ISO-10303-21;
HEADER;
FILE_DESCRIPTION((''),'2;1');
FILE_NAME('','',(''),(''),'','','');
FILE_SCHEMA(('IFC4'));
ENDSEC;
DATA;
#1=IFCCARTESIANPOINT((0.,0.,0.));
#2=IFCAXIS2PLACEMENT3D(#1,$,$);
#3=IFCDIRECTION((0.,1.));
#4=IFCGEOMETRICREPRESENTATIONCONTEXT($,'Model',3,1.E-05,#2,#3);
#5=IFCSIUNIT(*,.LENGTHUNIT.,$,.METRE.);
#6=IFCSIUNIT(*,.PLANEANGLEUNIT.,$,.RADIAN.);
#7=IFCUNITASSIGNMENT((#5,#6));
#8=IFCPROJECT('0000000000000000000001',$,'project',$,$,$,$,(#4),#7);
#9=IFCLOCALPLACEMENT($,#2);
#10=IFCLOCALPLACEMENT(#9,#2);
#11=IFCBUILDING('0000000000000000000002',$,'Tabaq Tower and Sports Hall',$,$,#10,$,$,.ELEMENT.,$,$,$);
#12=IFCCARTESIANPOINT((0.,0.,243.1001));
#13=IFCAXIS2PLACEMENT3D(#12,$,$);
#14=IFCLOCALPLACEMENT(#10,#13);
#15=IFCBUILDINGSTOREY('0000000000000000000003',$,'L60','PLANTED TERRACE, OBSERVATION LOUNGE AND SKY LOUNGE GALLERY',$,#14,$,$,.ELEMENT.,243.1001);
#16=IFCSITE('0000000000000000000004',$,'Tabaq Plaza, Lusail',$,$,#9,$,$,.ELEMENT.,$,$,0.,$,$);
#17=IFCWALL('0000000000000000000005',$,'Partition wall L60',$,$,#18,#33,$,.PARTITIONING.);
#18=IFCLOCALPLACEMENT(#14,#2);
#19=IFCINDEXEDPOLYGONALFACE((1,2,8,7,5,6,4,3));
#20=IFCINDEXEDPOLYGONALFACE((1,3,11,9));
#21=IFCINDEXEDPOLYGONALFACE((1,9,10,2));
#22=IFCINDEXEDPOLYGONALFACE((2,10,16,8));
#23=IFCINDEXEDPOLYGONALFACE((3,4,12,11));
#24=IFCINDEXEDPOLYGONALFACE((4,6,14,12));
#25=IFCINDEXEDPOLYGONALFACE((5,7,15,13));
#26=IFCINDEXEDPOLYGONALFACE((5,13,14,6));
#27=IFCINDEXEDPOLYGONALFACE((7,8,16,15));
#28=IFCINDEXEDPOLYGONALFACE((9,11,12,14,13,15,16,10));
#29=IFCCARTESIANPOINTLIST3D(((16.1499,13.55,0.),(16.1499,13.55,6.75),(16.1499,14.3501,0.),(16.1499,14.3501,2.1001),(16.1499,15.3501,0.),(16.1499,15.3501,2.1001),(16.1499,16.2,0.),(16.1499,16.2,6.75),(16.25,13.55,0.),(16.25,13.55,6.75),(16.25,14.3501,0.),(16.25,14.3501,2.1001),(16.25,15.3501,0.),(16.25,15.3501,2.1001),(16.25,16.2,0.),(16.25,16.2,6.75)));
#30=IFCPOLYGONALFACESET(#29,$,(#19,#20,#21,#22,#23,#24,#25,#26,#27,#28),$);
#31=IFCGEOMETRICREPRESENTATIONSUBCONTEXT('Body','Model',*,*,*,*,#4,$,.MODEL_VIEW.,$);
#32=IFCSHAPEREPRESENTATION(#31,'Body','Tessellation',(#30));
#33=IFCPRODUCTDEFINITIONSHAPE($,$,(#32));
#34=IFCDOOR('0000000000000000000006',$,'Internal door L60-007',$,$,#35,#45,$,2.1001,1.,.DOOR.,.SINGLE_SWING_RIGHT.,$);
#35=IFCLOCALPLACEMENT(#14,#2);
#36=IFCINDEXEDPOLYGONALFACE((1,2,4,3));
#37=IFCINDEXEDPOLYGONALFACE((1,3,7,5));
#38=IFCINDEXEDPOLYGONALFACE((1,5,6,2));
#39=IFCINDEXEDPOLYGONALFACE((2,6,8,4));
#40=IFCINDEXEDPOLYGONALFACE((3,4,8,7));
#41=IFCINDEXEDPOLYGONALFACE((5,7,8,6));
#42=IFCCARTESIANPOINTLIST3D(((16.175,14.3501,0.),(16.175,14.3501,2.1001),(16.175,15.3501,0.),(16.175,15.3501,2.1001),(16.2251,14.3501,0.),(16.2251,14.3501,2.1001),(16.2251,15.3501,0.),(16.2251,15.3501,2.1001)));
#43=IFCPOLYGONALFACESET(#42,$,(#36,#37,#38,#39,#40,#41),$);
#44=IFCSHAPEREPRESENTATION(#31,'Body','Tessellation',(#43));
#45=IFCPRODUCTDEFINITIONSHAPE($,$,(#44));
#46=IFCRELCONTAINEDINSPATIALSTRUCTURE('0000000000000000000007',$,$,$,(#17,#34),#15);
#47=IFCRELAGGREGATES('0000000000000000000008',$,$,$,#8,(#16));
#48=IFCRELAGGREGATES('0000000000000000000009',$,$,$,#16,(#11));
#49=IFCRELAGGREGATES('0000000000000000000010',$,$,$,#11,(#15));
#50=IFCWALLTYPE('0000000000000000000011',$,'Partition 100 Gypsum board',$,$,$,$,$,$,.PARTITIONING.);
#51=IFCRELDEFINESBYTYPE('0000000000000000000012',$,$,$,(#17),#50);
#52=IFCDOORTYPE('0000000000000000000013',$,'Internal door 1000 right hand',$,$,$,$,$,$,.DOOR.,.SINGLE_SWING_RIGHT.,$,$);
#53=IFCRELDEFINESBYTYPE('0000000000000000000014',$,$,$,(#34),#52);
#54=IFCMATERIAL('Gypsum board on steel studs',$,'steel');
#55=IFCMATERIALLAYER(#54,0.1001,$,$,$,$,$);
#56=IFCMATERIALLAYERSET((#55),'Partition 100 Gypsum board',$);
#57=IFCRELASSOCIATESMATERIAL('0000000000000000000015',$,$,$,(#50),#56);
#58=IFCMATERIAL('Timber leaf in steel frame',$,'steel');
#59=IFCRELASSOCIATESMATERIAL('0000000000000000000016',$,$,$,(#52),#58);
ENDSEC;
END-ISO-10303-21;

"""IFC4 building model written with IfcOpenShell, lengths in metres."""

from ifc_helpers import new_model, si_unit, direction, frame, frame_2d, origin, place, context, subcontext, project, spatial, rectangle, extrude, material, layer, layer_set, type_object, element, fill, save


model = new_model("IFC4")

# Units and contexts
model_context = context("Model", 3, precision=1e-05, world=origin(), true_north=direction((0.0, 1.0)))
body_context = subcontext(model_context, "Body", "Model", "MODEL_VIEW")
ifc_project = project(units=[si_unit("LENGTHUNIT", "METRE"), si_unit("PLANEANGLEUNIT", "RADIAN")], contexts=[model_context])

# Site, building, storey
site_placement = place(None, origin())
site = spatial("IfcSite", under=ifc_project, at=site_placement, Name="Tabaq Plaza, Lusail", CompositionType="ELEMENT", RefElevation=0.0)
building_placement = place(site_placement, origin())
building = spatial("IfcBuilding", under=site, at=building_placement, Name="Tabaq Tower and Sports Hall", CompositionType="ELEMENT")
storey_placement = place(building_placement, frame((0.0, 0.0, 243.1001)))
storey = spatial("IfcBuildingStorey", under=building, at=storey_placement, Name="L60", Description="PLANTED TERRACE, OBSERVATION LOUNGE AND SKY LOUNGE GALLERY", CompositionType="ELEMENT", Elevation=243.1001)

# Shared definitions
ifc_material_1 = material(Name="Gypsum board on steel studs", Category="steel")
ifc_layer_1 = layer(ifc_material_1, 0.1001)
ifc_layer_set_1 = layer_set([ifc_layer_1], Name="Partition 100 Gypsum board")
wall_type_1 = type_object("IfcWallType", Name="Partition 100 Gypsum board", PredefinedType="PARTITIONING", material=ifc_layer_set_1)

# Wall, opening, door
wall_1_placement = place(storey_placement, frame((16.2, 13.55, 0.0), z_axis=(0.0, 0.0, 1.0), x_axis=(0.0, 1.0, 0.0)))
wall_1 = element("IfcWall", 1, at=wall_1_placement, inside=storey, type_object=wall_type_1, Name="Partition wall L60", PredefinedType="PARTITIONING", context=body_context, shape_type="SweptSolid", body=[
    extrude(rectangle(XDim=2.6499, YDim=0.1001, at=frame_2d((1.325, 0.0))), origin(), (0.0, 0.0, 1.0), 6.75),
])
opening_1_placement = place(wall_1_placement, frame((0.8, 0.0, 0.0)))
opening_1 = element("IfcOpeningElement", 2, at=opening_1_placement, cuts=wall_1, PredefinedType="OPENING", context=body_context, shape_type="SweptSolid", body=[
    extrude(rectangle(XDim=1.0, YDim=2.1001, at=frame_2d((0.5, 1.05))), frame((0.0, 0.05, 0.0), z_axis=(0.0, -1.0, 0.0), x_axis=(1.0, 0.0, 0.0)), (0.0, 0.0, 1.0), 0.1001),
])
ifc_material_2 = material(Name="Timber leaf in steel frame", Category="steel")
door_type_1 = type_object("IfcDoorType", Name="Internal door 1000 right hand", OperationType="SINGLE_SWING_RIGHT", PredefinedType="DOOR", material=ifc_material_2)
door_1_placement = place(opening_1_placement, origin())
door_1 = element("IfcDoor", 3, at=door_1_placement, inside=storey, type_object=door_type_1, Name="Internal door L60-007", OperationType="SINGLE_SWING_RIGHT", OverallHeight=2.1001, OverallWidth=1.0, PredefinedType="DOOR", context=body_context, shape_type="SweptSolid", body=[
    extrude(rectangle(XDim=1.0, YDim=2.1001, at=frame_2d((0.5, 1.05))), frame((0.0, 0.0249, 0.0), z_axis=(0.0, -1.0, 0.0), x_axis=(1.0, 0.0, 0.0)), (0.0, 0.0, 1.0), 0.05),
])
fill(opening_1, door_1)

save(model, "model.ifc")
